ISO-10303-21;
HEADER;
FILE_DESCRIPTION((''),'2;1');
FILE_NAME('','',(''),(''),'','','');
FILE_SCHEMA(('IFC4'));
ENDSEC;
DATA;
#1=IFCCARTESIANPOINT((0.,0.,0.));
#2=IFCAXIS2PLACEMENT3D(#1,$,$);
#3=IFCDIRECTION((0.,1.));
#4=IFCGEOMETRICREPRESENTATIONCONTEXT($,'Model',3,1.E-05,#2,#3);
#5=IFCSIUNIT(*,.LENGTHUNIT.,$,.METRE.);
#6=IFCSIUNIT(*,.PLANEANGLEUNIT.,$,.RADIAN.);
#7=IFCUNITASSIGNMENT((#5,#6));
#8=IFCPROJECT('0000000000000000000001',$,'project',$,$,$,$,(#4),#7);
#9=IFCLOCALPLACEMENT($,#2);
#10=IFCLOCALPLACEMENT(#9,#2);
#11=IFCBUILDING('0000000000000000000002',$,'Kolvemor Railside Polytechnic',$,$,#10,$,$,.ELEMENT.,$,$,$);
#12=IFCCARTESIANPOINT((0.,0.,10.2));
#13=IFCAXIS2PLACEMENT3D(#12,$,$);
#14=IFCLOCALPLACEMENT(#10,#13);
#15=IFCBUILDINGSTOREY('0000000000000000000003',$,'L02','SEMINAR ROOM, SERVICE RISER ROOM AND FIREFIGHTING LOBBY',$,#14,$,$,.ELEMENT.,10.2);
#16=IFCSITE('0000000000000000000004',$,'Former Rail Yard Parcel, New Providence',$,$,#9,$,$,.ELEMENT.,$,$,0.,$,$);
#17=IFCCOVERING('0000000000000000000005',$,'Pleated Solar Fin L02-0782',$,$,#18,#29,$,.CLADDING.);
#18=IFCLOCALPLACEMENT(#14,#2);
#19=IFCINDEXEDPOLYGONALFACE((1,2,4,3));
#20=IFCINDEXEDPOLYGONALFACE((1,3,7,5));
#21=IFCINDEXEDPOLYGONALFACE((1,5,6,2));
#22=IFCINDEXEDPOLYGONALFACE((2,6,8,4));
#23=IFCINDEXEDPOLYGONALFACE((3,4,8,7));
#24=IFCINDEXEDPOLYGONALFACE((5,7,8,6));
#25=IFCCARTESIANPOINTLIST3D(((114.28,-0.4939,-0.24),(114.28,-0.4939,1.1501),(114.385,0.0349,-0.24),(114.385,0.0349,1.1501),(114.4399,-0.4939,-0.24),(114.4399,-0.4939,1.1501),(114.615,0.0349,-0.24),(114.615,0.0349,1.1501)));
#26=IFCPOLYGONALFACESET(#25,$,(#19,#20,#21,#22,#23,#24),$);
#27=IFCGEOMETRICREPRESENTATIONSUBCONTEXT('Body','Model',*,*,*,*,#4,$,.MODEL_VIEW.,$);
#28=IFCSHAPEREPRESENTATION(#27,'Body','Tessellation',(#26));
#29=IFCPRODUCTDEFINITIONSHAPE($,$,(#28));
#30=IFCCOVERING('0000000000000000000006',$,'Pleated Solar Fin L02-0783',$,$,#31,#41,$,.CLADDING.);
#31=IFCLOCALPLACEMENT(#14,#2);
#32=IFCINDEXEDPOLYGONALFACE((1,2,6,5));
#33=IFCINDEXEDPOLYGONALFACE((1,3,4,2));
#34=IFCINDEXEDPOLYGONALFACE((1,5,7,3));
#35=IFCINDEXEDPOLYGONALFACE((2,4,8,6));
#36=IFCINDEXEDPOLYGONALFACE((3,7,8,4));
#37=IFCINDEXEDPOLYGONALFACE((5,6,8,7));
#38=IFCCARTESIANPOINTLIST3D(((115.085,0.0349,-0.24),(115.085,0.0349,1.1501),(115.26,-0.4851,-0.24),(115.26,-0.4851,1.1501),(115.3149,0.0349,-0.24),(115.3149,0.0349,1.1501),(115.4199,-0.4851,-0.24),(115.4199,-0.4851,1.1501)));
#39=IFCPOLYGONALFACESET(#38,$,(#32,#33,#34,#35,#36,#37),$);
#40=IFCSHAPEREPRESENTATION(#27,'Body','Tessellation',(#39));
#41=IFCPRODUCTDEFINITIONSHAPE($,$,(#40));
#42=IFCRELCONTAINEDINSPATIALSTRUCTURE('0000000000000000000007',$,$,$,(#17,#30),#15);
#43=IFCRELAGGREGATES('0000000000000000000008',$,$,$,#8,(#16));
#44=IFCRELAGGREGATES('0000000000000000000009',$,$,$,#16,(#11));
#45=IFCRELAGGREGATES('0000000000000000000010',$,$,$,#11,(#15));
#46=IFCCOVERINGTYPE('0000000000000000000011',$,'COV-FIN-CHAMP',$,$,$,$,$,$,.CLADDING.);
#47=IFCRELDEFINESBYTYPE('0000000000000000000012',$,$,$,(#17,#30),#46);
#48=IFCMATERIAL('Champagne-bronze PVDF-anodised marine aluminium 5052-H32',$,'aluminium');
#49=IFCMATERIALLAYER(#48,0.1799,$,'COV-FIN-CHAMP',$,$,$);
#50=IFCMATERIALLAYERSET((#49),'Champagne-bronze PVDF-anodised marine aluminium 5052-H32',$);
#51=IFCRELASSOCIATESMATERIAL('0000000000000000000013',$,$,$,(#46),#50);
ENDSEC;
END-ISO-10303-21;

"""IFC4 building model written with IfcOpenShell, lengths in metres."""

from ifc_helpers import new_model, si_unit, direction, frame, origin, place, context, subcontext, project, spatial, polyline, outline, extrude, material, layer, layer_set, type_object, element, save


model = new_model("IFC4")

# Units and contexts
model_context = context("Model", 3, precision=1e-05, world=origin(), true_north=direction((0.0, 1.0)))
body_context = subcontext(model_context, "Body", "Model", "MODEL_VIEW")
ifc_project = project(units=[si_unit("LENGTHUNIT", "METRE"), si_unit("PLANEANGLEUNIT", "RADIAN")], contexts=[model_context])

# Site, building, storey
site_placement = place(None, origin())
site = spatial("IfcSite", under=ifc_project, at=site_placement, Name="Former Rail Yard Parcel, New Providence", CompositionType="ELEMENT", RefElevation=0.0)
building_placement = place(site_placement, origin())
building = spatial("IfcBuilding", under=site, at=building_placement, Name="Kolvemor Railside Polytechnic", CompositionType="ELEMENT")
storey_placement = place(building_placement, frame((0.0, 0.0, 10.2)))
storey = spatial("IfcBuildingStorey", under=building, at=storey_placement, Name="L02", Description="SEMINAR ROOM, SERVICE RISER ROOM AND FIREFIGHTING LOBBY", CompositionType="ELEMENT", Elevation=10.2)

# Coverings
ifc_material_1 = material(Name="Champagne-bronze PVDF-anodised marine aluminium 5052-H32", Category="aluminium")
ifc_layer_1 = layer(ifc_material_1, 0.1799, Name="COV-FIN-CHAMP")
ifc_layer_set_1 = layer_set([ifc_layer_1], Name="Champagne-bronze PVDF-anodised marine aluminium 5052-H32")
covering_type = type_object("IfcCoveringType", Name="COV-FIN-CHAMP", PredefinedType="CLADDING", material=ifc_layer_set_1)
covering_1_placement = place(storey_placement, frame((0.0, 0.0, -0.24)))
element("IfcCovering", 1, at=covering_1_placement, inside=storey, type_object=covering_type, Name="Pleated Solar Fin L02-0782", PredefinedType="CLADDING", context=body_context, shape_type="SweptSolid", body=[
    extrude(outline(polyline([(114.385, 0.0349), (114.615, 0.0349), (114.4399, -0.4939), (114.28, -0.4939), (114.385, 0.0349)])), origin(), (0.0, 0.0, 1.0), 1.3901),
])
covering_2_placement = place(storey_placement, frame((0.0, 0.0, -0.24)))
element("IfcCovering", 2, at=covering_2_placement, inside=storey, type_object=covering_type, Name="Pleated Solar Fin L02-0783", PredefinedType="CLADDING", context=body_context, shape_type="SweptSolid", body=[
    extrude(outline(polyline([(115.085, 0.0349), (115.3149, 0.0349), (115.4199, -0.4851), (115.26, -0.4851), (115.085, 0.0349)])), origin(), (0.0, 0.0, 1.0), 1.3901),
])

save(model, "model.ifc")
